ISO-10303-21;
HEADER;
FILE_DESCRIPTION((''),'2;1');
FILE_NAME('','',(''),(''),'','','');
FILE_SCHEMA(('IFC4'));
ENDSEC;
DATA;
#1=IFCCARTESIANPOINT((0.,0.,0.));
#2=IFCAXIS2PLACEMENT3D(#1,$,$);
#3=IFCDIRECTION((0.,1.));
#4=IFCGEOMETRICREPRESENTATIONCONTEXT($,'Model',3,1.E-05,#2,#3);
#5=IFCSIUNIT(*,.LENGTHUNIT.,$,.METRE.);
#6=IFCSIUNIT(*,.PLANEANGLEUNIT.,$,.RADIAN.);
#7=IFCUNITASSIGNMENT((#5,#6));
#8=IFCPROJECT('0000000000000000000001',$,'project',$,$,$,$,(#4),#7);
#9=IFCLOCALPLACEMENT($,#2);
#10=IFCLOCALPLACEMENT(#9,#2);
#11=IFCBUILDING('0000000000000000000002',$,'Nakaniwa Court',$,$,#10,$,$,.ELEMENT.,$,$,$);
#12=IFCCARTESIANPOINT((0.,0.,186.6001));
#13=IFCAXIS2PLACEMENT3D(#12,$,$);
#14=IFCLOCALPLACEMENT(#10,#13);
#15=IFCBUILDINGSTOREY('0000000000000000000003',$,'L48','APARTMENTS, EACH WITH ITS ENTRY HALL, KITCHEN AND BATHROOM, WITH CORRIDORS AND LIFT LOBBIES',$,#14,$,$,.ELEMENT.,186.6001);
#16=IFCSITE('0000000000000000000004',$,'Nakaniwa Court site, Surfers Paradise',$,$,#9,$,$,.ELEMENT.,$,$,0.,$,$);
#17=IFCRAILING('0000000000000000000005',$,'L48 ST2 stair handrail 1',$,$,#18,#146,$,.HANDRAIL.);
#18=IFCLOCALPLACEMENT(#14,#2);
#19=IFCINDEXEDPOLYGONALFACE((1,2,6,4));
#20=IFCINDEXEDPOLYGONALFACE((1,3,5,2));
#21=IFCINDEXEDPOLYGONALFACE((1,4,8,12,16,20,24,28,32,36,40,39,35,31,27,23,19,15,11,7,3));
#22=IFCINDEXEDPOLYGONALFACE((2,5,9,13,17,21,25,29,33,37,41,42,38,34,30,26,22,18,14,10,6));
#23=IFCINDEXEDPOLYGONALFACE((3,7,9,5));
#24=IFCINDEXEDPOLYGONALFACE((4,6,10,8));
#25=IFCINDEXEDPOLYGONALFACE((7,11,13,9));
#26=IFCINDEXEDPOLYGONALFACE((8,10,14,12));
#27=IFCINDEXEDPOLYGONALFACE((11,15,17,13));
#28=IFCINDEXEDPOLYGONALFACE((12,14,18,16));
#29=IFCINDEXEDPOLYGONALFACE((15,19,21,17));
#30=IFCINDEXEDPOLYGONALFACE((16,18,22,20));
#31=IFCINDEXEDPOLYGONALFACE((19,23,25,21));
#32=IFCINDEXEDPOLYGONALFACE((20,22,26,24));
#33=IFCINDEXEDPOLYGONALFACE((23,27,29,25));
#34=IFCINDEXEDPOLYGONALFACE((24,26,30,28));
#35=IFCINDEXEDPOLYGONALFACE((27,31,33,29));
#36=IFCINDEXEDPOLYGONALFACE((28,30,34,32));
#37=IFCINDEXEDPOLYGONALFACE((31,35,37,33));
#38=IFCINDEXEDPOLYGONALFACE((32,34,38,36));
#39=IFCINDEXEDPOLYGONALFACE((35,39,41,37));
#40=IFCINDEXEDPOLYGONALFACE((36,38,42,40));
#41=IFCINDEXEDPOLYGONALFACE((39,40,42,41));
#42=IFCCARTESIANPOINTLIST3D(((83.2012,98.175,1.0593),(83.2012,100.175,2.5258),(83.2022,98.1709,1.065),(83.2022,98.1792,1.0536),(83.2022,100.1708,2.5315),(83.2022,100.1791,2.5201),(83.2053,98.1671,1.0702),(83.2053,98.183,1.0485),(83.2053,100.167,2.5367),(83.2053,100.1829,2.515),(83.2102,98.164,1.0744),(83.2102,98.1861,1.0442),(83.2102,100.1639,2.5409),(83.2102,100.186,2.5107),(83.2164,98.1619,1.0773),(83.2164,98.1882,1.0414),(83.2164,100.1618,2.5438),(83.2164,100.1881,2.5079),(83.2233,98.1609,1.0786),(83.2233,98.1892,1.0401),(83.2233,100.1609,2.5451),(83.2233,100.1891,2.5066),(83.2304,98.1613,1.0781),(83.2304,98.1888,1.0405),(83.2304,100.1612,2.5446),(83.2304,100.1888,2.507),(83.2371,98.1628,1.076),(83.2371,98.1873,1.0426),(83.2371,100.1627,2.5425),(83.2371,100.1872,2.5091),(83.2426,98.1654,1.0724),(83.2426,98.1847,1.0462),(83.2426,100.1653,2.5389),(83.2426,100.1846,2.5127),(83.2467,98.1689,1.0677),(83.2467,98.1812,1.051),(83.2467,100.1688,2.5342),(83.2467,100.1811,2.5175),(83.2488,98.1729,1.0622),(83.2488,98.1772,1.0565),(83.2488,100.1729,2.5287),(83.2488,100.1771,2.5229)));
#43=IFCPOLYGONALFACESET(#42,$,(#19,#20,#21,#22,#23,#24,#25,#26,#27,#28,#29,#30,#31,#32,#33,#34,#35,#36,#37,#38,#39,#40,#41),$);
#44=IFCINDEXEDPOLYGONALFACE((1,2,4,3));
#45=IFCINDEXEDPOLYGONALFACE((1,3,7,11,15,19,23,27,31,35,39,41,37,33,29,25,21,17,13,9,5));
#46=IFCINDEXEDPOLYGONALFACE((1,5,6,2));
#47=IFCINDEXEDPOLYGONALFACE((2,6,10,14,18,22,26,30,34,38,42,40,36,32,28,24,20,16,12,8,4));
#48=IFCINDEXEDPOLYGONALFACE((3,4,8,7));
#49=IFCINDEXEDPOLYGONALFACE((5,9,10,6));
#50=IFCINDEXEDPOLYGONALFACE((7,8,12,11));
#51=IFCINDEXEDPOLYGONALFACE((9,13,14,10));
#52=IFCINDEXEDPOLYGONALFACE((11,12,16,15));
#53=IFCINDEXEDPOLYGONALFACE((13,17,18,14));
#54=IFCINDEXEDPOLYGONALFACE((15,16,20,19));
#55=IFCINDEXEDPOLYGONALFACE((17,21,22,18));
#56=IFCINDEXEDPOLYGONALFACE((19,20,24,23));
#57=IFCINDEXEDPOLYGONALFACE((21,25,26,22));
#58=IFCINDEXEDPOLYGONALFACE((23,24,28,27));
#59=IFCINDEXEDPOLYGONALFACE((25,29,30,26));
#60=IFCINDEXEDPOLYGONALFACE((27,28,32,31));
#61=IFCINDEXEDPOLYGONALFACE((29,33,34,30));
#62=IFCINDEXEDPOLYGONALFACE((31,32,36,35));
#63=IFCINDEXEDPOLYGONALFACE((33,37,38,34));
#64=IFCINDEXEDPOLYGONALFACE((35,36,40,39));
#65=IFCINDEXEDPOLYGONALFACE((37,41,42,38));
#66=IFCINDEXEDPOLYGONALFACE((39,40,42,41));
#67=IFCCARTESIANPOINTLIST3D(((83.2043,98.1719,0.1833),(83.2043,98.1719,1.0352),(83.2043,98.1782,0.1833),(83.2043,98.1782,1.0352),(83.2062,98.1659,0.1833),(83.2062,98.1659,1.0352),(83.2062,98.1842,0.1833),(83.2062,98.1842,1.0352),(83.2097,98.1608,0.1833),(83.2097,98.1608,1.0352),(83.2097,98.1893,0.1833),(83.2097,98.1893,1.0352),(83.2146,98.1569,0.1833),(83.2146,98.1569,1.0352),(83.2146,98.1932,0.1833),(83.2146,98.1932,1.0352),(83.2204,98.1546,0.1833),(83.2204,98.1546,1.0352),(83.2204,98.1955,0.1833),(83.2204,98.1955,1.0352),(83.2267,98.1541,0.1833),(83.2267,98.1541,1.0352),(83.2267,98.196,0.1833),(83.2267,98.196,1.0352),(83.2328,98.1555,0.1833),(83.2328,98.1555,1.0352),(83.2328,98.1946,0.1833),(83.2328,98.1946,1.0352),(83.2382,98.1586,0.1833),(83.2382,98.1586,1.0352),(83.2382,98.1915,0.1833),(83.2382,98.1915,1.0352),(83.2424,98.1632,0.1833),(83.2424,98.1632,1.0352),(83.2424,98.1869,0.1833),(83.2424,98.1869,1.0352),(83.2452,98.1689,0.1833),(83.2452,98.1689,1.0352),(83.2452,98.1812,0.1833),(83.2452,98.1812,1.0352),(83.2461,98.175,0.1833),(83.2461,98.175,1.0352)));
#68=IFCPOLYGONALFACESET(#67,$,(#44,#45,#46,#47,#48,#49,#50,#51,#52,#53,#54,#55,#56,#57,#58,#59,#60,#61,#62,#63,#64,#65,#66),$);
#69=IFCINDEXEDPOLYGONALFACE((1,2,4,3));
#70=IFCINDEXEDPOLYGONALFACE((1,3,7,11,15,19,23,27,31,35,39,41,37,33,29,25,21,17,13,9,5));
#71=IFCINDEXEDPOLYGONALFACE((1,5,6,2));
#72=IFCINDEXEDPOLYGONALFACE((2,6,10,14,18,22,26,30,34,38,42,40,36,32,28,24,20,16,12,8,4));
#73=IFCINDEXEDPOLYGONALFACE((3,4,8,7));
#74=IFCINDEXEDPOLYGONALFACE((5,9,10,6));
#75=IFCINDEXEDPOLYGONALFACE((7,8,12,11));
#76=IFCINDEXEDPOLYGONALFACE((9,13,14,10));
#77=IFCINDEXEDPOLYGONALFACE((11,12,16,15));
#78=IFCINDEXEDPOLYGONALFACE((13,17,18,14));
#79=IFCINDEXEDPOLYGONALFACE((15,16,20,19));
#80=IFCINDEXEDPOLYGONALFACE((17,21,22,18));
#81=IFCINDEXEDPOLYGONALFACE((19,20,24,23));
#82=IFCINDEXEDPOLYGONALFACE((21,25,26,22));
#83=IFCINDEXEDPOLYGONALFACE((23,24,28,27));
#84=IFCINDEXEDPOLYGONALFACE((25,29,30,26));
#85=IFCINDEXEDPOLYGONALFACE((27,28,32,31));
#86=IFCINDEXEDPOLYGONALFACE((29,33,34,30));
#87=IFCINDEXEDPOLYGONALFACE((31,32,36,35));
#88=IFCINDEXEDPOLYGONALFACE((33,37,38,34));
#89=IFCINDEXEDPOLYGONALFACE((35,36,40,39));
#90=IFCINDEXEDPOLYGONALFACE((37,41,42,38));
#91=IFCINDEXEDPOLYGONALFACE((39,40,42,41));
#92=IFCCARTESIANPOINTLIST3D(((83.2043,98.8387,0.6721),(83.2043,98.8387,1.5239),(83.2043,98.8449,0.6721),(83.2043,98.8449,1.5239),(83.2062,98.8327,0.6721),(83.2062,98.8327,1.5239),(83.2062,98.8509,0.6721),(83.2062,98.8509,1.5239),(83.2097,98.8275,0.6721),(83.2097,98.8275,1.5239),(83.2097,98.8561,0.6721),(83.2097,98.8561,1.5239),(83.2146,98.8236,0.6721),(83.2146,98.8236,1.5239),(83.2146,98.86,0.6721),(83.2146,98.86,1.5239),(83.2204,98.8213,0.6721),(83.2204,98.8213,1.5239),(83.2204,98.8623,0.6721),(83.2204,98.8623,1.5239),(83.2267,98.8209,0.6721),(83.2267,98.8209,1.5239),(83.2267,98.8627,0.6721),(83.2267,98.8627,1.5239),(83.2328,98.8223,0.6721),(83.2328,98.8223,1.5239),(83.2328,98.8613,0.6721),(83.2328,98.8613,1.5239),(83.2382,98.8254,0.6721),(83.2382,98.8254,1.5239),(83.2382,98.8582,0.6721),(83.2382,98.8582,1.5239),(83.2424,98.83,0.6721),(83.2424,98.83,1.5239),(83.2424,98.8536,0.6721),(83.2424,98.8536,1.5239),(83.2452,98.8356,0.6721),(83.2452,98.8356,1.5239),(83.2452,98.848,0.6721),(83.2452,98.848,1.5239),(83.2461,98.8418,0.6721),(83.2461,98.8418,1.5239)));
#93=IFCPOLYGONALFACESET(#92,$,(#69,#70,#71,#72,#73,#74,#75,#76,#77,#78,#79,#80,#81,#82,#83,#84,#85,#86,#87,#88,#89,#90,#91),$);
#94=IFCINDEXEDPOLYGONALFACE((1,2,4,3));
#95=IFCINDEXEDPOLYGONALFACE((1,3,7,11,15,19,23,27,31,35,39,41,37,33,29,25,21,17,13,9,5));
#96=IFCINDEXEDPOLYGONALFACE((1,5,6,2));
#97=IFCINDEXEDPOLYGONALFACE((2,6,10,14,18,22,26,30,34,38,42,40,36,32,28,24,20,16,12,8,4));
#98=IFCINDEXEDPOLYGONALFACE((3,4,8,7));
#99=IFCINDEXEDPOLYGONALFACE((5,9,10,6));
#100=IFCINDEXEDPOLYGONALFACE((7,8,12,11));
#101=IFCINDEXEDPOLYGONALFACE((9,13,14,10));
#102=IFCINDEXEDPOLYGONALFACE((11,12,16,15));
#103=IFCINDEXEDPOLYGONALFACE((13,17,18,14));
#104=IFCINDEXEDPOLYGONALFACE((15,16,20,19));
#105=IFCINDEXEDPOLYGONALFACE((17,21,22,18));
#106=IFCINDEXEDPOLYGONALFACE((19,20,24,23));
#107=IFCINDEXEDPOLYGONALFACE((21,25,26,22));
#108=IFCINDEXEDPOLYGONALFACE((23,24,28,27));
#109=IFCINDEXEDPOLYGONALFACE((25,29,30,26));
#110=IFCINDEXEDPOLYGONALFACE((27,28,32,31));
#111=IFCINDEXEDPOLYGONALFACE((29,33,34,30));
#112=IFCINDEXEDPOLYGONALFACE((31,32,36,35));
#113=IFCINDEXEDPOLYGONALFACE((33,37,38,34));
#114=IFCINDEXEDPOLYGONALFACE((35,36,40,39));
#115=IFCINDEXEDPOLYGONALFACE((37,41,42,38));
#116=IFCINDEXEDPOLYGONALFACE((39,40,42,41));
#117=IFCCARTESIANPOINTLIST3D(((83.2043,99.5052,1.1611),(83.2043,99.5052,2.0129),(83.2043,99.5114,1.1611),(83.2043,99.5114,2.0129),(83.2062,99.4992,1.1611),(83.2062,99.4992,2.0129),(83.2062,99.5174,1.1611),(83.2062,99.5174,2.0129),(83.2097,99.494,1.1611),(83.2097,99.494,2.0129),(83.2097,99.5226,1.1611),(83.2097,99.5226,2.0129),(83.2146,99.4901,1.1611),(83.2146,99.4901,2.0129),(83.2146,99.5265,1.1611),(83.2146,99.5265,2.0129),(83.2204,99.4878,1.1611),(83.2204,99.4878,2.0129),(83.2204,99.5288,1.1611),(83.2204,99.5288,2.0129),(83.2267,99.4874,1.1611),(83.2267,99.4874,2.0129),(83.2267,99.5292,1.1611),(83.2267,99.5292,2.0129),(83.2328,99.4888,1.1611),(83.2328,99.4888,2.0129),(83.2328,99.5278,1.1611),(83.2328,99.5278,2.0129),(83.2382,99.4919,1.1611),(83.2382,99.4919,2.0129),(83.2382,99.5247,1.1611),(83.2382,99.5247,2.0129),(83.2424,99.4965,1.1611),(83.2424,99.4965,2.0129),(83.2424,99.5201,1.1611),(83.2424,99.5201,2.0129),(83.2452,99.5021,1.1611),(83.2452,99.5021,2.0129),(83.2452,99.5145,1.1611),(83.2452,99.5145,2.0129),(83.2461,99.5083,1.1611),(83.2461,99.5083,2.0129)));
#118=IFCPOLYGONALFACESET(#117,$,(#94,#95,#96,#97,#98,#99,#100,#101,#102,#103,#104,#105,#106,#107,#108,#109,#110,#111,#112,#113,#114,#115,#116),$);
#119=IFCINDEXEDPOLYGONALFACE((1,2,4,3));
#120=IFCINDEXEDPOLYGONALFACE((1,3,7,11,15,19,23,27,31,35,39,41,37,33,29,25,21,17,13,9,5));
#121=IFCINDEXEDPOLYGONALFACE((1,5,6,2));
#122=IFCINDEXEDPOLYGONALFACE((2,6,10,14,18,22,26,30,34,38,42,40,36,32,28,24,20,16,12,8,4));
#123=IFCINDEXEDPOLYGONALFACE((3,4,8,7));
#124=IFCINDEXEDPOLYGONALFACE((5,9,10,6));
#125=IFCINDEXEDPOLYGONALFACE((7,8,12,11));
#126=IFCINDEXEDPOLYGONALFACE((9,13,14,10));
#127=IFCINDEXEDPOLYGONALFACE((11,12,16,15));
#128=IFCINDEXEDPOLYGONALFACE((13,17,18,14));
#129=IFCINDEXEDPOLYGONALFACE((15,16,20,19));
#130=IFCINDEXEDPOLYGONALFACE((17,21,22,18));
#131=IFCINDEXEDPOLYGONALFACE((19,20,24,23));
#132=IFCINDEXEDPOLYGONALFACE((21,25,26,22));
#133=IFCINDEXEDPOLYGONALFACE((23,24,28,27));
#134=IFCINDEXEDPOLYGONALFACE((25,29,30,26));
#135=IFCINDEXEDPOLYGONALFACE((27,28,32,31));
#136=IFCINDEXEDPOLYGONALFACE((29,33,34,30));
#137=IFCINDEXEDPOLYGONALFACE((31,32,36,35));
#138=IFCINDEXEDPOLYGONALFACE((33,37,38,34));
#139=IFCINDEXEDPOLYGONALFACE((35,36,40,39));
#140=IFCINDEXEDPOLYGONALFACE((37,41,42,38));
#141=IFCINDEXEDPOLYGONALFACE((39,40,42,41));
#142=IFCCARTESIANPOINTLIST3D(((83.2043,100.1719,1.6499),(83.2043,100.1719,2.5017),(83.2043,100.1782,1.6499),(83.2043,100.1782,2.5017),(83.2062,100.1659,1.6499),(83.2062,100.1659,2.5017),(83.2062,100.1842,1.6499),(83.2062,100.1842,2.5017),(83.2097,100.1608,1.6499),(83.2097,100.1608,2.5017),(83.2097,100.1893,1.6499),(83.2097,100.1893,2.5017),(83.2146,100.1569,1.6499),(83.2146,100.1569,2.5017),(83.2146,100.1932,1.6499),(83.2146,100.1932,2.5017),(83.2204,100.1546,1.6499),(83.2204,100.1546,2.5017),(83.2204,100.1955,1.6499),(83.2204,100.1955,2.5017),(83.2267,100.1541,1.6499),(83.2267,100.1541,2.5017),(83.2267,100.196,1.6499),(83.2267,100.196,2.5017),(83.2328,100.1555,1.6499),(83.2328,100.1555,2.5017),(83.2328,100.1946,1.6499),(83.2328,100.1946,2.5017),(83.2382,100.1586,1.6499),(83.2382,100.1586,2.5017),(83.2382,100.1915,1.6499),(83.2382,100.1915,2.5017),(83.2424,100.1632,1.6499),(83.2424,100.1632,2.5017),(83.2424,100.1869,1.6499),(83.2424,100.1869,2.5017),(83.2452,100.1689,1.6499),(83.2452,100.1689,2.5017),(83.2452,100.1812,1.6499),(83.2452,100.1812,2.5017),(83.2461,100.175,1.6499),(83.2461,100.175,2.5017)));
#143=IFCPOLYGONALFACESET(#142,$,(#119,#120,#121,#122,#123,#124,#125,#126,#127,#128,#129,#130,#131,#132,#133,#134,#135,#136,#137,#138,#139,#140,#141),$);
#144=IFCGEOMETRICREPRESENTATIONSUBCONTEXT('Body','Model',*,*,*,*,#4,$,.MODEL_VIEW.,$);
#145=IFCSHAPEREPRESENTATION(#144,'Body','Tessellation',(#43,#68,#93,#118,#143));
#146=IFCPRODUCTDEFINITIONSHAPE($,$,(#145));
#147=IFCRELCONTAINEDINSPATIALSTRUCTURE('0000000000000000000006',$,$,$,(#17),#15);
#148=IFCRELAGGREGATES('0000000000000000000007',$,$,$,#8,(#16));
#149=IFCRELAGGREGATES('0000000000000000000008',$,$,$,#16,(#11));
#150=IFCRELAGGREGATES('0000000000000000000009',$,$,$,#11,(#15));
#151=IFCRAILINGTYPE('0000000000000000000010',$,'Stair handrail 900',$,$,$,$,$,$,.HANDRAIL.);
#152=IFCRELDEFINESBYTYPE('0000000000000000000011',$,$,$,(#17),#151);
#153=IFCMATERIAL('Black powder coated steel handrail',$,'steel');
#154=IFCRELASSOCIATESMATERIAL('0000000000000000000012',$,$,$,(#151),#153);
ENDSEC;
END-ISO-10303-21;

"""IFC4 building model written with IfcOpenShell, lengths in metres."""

from ifc_helpers import new_model, si_unit, direction, frame, origin, origin_2d, place, context, subcontext, project, spatial, circle, extrude, material, type_object, element, save


model = new_model("IFC4")

# Units and contexts
model_context = context("Model", 3, precision=1e-05, world=origin(), true_north=direction((0.0, 1.0)))
body_context = subcontext(model_context, "Body", "Model", "MODEL_VIEW")
ifc_project = project(units=[si_unit("LENGTHUNIT", "METRE"), si_unit("PLANEANGLEUNIT", "RADIAN")], contexts=[model_context])

# Site, building, storey
site_placement = place(None, origin())
site = spatial("IfcSite", under=ifc_project, at=site_placement, Name="Nakaniwa Court site, Surfers Paradise", CompositionType="ELEMENT", RefElevation=0.0)
building_placement = place(site_placement, origin())
building = spatial("IfcBuilding", under=site, at=building_placement, Name="Nakaniwa Court", CompositionType="ELEMENT")
storey_placement = place(building_placement, frame((0.0, 0.0, 186.6001)))
storey = spatial("IfcBuildingStorey", under=building, at=storey_placement, Name="L48", Description="APARTMENTS, EACH WITH ITS ENTRY HALL, KITCHEN AND BATHROOM, WITH CORRIDORS AND LIFT LOBBIES", CompositionType="ELEMENT", Elevation=186.6001)

# Railing
ifc_material_1 = material(Name="Black powder coated steel handrail", Category="steel")
railing_type_1 = type_object("IfcRailingType", Name="Stair handrail 900", PredefinedType="HANDRAIL", material=ifc_material_1)
railing_1_placement = place(storey_placement, frame((83.2251, 98.175, 0.1833)))
element("IfcRailing", 1, at=railing_1_placement, inside=storey, type_object=railing_type_1, Name="L48 ST2 stair handrail 1", PredefinedType="HANDRAIL", context=body_context, shape_type="SweptSolid", body=[
    extrude(circle(Radius=0.0239, at=origin_2d()), frame((0.0, 0.0, 0.876), z_axis=(0.0, 0.806427, 0.591334), x_axis=(-1.0, 0.0, 0.0)), (0.0, 0.0, 1.0), 2.48),
    extrude(circle(Radius=0.021, at=origin_2d()), origin(), (0.0, 0.0, 1.0), 0.8518),
    extrude(circle(Radius=0.021, at=origin_2d()), frame((0.0, 0.6667, 0.4888)), (0.0, 0.0, 1.0), 0.8518),
    extrude(circle(Radius=0.021, at=origin_2d()), frame((0.0, 1.3333, 0.9778)), (0.0, 0.0, 1.0), 0.8518),
    extrude(circle(Radius=0.021, at=origin_2d()), frame((0.0, 2.0, 1.4666)), (0.0, 0.0, 1.0), 0.8518),
])

save(model, "model.ifc")
